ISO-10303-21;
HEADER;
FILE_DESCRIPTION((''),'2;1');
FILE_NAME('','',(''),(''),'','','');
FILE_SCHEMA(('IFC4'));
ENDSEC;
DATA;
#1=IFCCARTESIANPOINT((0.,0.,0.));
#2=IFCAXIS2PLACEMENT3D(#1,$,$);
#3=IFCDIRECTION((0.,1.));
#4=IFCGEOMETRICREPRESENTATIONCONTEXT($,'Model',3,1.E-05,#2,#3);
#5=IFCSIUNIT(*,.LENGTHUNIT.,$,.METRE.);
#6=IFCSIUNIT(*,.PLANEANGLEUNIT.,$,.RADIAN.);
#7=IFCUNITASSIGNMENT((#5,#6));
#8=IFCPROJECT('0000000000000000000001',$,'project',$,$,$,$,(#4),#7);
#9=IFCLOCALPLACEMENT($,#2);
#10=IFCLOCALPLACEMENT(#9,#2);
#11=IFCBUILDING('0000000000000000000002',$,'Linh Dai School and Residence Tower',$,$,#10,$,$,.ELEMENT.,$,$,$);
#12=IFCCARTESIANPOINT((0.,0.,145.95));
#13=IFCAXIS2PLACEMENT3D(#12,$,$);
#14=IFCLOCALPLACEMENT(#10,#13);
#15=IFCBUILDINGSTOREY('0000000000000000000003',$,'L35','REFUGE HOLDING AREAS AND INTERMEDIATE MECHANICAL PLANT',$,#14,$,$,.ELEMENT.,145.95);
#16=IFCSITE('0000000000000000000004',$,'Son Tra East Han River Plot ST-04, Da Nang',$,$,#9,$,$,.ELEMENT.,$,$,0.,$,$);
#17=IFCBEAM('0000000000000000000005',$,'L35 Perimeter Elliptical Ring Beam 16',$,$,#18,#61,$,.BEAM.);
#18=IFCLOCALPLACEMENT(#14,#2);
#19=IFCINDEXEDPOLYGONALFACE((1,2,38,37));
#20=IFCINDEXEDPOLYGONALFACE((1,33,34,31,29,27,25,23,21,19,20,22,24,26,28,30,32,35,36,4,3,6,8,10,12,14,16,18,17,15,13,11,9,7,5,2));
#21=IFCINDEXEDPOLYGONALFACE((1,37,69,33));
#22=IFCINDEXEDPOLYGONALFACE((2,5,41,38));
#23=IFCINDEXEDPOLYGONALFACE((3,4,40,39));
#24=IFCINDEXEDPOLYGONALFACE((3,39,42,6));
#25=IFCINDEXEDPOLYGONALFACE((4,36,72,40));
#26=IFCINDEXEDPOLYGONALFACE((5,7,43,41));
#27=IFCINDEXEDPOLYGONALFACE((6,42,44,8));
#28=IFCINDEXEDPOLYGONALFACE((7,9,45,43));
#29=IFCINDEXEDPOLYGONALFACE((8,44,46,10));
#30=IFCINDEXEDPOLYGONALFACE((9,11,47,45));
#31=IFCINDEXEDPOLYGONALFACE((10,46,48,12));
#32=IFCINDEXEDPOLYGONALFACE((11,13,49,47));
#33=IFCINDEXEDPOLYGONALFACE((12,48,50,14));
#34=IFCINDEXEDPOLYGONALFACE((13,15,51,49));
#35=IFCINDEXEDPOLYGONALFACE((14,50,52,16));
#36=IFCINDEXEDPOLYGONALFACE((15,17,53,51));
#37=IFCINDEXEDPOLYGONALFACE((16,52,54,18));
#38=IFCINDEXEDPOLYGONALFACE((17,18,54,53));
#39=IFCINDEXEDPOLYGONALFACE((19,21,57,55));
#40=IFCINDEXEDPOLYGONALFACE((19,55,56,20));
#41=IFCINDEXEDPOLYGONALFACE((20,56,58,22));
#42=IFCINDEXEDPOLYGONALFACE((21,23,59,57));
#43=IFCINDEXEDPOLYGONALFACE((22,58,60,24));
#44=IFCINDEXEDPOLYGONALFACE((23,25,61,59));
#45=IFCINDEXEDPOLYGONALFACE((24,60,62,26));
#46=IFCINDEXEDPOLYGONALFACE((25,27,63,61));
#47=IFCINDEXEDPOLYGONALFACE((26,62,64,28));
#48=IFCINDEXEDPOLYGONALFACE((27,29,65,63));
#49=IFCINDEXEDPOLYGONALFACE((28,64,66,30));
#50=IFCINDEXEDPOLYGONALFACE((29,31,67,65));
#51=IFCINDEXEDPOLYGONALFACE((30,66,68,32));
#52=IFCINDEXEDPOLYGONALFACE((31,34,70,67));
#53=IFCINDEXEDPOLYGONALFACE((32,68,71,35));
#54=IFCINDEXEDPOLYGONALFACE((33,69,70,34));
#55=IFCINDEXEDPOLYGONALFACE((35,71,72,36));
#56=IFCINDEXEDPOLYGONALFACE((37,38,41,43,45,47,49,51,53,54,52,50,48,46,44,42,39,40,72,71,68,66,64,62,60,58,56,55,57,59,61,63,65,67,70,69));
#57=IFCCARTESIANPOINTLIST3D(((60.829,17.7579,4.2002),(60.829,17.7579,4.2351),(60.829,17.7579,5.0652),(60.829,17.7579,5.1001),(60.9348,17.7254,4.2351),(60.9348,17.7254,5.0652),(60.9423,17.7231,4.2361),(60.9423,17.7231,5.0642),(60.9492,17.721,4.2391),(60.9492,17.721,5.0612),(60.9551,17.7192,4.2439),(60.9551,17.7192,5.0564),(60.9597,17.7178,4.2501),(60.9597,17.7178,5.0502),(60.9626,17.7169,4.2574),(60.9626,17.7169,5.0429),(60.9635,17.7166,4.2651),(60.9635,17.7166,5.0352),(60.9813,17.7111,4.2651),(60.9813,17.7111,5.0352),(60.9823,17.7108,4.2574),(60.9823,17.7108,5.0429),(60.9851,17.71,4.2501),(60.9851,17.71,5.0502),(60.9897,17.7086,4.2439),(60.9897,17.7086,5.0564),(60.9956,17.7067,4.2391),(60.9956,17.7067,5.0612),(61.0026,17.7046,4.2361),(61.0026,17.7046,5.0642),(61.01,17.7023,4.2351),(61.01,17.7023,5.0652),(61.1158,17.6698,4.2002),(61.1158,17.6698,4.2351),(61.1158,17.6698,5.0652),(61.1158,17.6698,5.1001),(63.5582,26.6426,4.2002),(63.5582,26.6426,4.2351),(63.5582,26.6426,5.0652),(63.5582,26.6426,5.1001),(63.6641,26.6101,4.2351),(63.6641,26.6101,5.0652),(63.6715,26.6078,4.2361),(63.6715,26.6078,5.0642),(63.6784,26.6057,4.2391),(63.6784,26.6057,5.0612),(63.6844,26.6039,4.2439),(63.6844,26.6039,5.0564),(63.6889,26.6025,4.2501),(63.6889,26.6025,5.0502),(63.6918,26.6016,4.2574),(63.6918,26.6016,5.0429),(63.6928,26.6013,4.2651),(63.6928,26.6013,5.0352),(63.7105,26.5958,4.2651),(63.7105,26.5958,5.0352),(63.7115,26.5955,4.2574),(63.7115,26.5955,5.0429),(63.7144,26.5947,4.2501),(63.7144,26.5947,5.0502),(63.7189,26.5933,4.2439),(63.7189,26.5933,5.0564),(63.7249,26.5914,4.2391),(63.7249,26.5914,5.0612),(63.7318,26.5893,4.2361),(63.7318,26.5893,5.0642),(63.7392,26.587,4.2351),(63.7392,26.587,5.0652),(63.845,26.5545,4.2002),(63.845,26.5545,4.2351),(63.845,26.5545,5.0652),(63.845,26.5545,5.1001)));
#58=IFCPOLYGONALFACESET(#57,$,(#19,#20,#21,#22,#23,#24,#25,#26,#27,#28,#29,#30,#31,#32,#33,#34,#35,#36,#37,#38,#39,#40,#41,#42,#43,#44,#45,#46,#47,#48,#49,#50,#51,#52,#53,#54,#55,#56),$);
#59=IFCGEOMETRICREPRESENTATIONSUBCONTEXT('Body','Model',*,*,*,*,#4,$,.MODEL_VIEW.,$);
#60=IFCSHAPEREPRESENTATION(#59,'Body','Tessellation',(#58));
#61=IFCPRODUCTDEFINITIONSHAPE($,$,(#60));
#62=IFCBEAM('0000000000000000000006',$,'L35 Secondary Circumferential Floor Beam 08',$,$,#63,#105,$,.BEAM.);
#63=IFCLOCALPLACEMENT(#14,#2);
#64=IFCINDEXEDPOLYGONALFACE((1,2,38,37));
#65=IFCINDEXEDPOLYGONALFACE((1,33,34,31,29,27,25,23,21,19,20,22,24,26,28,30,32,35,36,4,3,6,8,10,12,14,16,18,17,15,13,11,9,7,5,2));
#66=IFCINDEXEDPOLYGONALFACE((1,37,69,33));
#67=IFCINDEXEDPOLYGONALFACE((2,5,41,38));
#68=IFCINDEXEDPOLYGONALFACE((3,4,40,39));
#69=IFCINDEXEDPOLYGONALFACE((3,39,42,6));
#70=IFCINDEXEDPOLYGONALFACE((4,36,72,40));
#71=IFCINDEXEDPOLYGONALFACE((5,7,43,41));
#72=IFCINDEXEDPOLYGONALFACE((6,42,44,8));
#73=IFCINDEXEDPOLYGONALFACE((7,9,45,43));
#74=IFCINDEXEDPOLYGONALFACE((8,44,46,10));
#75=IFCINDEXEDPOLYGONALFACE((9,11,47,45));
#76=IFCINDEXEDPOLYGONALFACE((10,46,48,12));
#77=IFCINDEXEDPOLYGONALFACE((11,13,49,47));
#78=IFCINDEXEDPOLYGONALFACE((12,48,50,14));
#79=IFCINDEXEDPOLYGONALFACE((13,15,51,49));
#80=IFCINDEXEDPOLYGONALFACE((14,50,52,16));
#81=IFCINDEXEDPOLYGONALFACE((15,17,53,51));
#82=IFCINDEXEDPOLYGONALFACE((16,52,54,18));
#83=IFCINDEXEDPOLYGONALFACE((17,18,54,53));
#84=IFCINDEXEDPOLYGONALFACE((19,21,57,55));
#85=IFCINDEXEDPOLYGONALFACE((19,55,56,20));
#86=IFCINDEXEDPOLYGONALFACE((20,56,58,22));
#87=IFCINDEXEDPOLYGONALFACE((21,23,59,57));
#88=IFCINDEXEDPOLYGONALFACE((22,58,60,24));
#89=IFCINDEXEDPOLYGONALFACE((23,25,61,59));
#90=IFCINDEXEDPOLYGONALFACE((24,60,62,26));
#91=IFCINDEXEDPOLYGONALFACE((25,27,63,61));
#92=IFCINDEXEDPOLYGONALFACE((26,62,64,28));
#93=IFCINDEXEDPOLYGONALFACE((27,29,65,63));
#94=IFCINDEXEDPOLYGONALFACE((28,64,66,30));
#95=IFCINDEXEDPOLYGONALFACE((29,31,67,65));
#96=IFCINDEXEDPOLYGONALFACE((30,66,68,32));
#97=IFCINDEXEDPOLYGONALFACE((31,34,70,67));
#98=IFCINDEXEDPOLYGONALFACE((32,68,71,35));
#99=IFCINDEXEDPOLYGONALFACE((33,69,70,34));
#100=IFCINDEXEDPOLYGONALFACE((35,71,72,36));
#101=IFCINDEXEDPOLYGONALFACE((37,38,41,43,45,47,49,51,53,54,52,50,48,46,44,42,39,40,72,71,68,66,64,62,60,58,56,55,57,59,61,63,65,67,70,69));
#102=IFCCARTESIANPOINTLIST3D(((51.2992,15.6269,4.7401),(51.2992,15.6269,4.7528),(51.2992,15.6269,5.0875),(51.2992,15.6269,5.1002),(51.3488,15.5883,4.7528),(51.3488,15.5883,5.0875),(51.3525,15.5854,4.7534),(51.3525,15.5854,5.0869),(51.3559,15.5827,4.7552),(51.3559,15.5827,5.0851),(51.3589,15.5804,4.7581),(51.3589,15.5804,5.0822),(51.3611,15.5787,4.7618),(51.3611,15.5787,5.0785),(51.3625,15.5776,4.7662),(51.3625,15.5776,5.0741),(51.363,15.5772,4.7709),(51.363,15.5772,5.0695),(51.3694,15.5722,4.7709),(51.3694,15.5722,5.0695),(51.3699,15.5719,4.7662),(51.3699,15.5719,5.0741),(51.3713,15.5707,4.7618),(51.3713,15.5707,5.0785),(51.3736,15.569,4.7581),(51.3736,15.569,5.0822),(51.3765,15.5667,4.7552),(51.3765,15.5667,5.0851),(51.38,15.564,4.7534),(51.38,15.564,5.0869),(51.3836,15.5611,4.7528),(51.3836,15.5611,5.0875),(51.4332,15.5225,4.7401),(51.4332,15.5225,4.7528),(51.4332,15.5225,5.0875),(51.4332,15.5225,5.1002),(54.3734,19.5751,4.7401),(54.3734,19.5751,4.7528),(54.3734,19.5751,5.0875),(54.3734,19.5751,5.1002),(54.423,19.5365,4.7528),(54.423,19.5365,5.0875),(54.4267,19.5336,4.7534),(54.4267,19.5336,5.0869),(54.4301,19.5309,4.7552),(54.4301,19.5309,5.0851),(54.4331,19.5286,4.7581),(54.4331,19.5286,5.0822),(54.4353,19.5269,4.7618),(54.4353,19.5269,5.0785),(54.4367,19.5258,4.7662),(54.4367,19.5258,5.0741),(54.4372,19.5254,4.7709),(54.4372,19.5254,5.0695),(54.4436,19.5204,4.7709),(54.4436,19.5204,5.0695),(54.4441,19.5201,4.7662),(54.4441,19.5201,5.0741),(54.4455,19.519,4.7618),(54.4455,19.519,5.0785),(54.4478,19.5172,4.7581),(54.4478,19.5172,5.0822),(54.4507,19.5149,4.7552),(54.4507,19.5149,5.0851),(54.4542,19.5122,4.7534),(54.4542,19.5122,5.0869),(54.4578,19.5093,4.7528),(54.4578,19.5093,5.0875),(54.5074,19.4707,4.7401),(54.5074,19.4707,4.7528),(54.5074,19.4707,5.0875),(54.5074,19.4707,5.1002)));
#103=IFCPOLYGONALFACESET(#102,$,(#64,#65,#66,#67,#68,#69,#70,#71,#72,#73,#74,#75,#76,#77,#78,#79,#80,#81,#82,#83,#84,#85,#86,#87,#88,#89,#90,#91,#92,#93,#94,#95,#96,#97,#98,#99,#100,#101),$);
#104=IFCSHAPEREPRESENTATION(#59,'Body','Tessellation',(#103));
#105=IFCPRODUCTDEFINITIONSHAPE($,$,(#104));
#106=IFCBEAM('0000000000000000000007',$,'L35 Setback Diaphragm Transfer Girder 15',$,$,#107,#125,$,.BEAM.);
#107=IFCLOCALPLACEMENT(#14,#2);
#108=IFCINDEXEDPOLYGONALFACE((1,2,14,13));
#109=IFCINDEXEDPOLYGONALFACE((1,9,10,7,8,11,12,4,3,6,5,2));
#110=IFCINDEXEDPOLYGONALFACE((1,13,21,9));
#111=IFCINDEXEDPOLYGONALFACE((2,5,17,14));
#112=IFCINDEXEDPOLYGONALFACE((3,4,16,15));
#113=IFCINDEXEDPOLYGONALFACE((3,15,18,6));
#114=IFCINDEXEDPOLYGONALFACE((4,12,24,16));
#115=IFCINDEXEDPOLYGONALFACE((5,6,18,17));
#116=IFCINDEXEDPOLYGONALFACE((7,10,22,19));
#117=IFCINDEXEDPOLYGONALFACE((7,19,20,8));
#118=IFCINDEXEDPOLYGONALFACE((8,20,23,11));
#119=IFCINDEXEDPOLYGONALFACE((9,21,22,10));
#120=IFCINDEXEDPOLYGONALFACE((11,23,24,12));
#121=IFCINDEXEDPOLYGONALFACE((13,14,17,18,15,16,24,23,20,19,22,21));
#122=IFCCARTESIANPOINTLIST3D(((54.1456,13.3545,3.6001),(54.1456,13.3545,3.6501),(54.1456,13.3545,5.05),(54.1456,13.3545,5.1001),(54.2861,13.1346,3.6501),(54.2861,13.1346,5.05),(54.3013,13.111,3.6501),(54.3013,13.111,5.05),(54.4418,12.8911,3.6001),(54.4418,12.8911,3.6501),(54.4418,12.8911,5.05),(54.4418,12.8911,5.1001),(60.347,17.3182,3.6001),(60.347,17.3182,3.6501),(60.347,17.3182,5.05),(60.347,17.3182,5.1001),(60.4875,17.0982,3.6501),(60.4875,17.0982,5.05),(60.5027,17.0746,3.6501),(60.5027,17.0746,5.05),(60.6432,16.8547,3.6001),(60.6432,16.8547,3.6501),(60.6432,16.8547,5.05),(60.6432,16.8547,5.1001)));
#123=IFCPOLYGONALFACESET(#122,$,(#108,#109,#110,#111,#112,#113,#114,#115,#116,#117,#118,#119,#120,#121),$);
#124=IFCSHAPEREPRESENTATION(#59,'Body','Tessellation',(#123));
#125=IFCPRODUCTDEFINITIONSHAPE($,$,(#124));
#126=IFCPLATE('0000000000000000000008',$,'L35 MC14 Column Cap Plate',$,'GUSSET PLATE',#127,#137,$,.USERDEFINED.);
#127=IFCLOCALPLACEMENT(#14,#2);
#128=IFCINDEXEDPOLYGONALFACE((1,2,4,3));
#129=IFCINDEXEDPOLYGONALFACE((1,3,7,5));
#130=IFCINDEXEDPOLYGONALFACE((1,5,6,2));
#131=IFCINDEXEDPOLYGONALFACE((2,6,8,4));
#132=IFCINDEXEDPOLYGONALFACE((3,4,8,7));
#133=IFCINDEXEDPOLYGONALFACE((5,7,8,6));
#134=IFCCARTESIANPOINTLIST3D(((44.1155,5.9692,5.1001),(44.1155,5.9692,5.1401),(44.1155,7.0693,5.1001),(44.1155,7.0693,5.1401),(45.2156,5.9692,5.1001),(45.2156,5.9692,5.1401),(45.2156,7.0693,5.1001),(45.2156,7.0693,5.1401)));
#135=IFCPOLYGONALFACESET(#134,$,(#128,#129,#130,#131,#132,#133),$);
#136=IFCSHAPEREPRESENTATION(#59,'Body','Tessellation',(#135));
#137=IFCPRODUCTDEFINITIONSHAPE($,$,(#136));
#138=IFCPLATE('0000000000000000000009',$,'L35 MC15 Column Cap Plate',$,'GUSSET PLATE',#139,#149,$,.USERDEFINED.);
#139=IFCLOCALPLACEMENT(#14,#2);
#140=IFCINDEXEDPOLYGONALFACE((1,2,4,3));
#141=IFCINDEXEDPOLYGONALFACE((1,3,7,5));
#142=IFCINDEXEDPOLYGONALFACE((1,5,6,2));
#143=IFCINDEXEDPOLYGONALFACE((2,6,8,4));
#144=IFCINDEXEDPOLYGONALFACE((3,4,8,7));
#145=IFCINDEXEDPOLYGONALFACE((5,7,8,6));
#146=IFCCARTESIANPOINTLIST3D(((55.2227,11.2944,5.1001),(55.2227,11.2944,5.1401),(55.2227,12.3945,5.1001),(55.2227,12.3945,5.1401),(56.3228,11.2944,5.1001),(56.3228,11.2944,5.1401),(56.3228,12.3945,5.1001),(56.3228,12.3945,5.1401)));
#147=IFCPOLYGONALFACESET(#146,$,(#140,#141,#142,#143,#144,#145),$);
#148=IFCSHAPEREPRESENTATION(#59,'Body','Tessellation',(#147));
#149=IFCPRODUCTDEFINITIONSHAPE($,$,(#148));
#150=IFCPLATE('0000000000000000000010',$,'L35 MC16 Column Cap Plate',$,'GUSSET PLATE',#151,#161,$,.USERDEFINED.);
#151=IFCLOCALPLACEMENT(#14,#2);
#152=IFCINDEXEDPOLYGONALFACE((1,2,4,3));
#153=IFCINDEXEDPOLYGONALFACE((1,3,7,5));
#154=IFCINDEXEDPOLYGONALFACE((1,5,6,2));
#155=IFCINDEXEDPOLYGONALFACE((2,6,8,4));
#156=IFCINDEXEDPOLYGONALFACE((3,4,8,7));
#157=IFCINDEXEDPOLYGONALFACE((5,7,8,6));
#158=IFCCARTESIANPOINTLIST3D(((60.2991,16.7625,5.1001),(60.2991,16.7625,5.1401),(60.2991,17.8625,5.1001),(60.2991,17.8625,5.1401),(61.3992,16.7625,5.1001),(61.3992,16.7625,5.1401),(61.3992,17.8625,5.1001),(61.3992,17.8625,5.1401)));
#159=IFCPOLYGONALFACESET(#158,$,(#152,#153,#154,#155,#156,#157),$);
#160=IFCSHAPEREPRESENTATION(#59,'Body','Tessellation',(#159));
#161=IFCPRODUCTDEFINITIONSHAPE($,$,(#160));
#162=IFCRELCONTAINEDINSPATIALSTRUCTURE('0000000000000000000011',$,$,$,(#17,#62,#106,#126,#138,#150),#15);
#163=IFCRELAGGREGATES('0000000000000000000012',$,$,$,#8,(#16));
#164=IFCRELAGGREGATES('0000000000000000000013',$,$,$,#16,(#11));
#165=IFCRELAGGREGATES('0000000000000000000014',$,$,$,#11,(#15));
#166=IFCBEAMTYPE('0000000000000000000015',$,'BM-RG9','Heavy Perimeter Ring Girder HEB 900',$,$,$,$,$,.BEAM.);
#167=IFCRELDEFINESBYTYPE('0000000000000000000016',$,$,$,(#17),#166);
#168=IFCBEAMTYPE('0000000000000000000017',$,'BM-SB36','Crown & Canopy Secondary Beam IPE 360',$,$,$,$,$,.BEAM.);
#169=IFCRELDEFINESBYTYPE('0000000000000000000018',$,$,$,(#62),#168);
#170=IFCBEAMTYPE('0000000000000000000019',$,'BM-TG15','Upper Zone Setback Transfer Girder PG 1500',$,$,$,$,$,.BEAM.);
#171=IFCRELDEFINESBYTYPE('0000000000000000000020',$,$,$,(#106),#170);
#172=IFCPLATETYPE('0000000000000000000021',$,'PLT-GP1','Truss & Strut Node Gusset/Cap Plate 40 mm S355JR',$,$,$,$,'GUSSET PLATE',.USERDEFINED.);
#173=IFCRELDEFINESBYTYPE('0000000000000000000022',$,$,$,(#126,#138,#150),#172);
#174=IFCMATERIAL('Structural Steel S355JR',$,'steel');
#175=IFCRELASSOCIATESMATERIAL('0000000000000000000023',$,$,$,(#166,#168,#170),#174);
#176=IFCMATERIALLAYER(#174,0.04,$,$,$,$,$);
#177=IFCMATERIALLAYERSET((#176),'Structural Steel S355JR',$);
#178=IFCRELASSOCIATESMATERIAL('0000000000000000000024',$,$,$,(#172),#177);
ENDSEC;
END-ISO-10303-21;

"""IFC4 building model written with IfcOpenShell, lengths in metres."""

from ifc_helpers import new_model, si_unit, direction, frame, origin, origin_2d, place, context, subcontext, project, spatial, rectangle, i_section, extrude, source, transform, mapped, material, layer, layer_set, material_profile, profile_set, type_object, element, save


model = new_model("IFC4")

# Units and contexts
model_context = context("Model", 3, precision=1e-05, world=origin(), true_north=direction((0.0, 1.0)))
body_context = subcontext(model_context, "Body", "Model", "MODEL_VIEW")
ifc_project = project(units=[si_unit("LENGTHUNIT", "METRE"), si_unit("PLANEANGLEUNIT", "RADIAN")], contexts=[model_context])

# Site, building, storey
site_placement = place(None, origin())
site = spatial("IfcSite", under=ifc_project, at=site_placement, Name="Son Tra East Han River Plot ST-04, Da Nang", CompositionType="ELEMENT", RefElevation=0.0)
building_placement = place(site_placement, origin())
building = spatial("IfcBuilding", under=site, at=building_placement, Name="Linh Dai School and Residence Tower", CompositionType="ELEMENT")
storey_placement = place(building_placement, frame((0.0, 0.0, 145.95)))
storey = spatial("IfcBuildingStorey", under=building, at=storey_placement, Name="L35", Description="REFUGE HOLDING AREAS AND INTERMEDIATE MECHANICAL PLANT", CompositionType="ELEMENT", Elevation=145.95)

# Shared definitions
ifc_material_1 = material(Name="Structural Steel S355JR", Category="steel")

# Beams
ifc_material_profile_1 = material_profile(ifc_material_1, i_section(OverallWidth=0.3, OverallDepth=0.8999, WebThickness=0.0186, FlangeThickness=0.0349, FilletRadius=0.03, at=origin_2d()), Name="HEB 900")
ifc_profile_set_1 = profile_set([ifc_material_profile_1], Name="Structural Steel S355JR")
beam_type_1 = type_object("IfcBeamType", Name="BM-RG9", Description="Heavy Perimeter Ring Girder HEB 900", PredefinedType="BEAM", material=ifc_profile_set_1)
beam_1_placement = place(storey_placement, frame((60.9724, 17.7139, 4.6501), z_axis=(0.293641, 0.955916, 0.0), x_axis=(-0.955916, 0.293641, 0.0)))
element("IfcBeam", 1, at=beam_1_placement, inside=storey, type_object=beam_type_1, Name="L35 Perimeter Elliptical Ring Beam 16", PredefinedType="BEAM", context=body_context, shape_type="SweptSolid", body=[
    extrude(i_section(OverallWidth=0.3, OverallDepth=0.8999, WebThickness=0.0186, FlangeThickness=0.0349, FilletRadius=0.03, at=origin_2d()), origin(), (0.0, 0.0, 1.0), 9.2944),
])
ifc_material_profile_2 = material_profile(ifc_material_1, i_section(OverallWidth=0.1699, OverallDepth=0.3601, WebThickness=0.0081, FlangeThickness=0.0127, FilletRadius=0.0181, at=origin_2d()), Name="IPE 360")
ifc_profile_set_2 = profile_set([ifc_material_profile_2], Name="Structural Steel S355JR")
beam_type_2 = type_object("IfcBeamType", Name="BM-SB36", Description="Crown & Canopy Secondary Beam IPE 360", PredefinedType="BEAM", material=ifc_profile_set_2)
beam_2_placement = place(storey_placement, frame((51.3662, 15.5747, 4.9202), z_axis=(0.614359, 0.789026, 0.0), x_axis=(-0.789026, 0.614359, 0.0)))
element("IfcBeam", 2, at=beam_2_placement, inside=storey, type_object=beam_type_2, Name="L35 Secondary Circumferential Floor Beam 08", PredefinedType="BEAM", context=body_context, shape_type="SweptSolid", body=[
    extrude(i_section(OverallWidth=0.1699, OverallDepth=0.3601, WebThickness=0.0081, FlangeThickness=0.0127, FilletRadius=0.0181, at=origin_2d()), origin(), (0.0, 0.0, 1.0), 5.0039),
])
ifc_material_profile_3 = material_profile(ifc_material_1, i_section(OverallWidth=0.55, OverallDepth=1.5, WebThickness=0.0281, FlangeThickness=0.05, at=origin_2d()), Name="PG 1500x550x28x50")
ifc_profile_set_3 = profile_set([ifc_material_profile_3], Name="Structural Steel S355JR")
beam_type_3 = type_object("IfcBeamType", Name="BM-TG15", Description="Upper Zone Setback Transfer Girder PG 1500", PredefinedType="BEAM", material=ifc_profile_set_3)
beam_3_placement = place(storey_placement, frame((54.2937, 13.1228, 4.3501), z_axis=(0.842597, 0.538544, 0.0), x_axis=(-0.538544, 0.842597, 0.0)))
element("IfcBeam", 3, at=beam_3_placement, inside=storey, type_object=beam_type_3, Name="L35 Setback Diaphragm Transfer Girder 15", PredefinedType="BEAM", context=body_context, shape_type="SweptSolid", body=[
    extrude(i_section(OverallWidth=0.55, OverallDepth=1.5, WebThickness=0.0281, FlangeThickness=0.05, at=origin_2d()), origin(), (0.0, 0.0, 1.0), 7.3599),
])

# Plates
ifc_layer_1 = layer(ifc_material_1, 0.04)
ifc_layer_set_1 = layer_set([ifc_layer_1], Name="Structural Steel S355JR")
plate_type = type_object("IfcPlateType", Name="PLT-GP1", Description="Truss & Strut Node Gusset/Cap Plate 40 mm S355JR", ElementType="GUSSET PLATE", PredefinedType="USERDEFINED", material=ifc_layer_set_1)
shared_shape_1 = source(origin(), body_context, "Body", "SweptSolid", [
    extrude(rectangle(XDim=1.1001, YDim=1.1001, at=origin_2d()), origin(), (0.0, 0.0, 1.0), 0.04),
])
for number, where, z_axis, x_axis, name in (
    (4, (44.6655, 6.5193, 5.1001), (0.0, 0.0, 1.0), (1.0, 0.0, 0.0), "L35 MC14 Column Cap Plate"),
    (5, (55.7727, 11.8445, 5.1001), (0.0, 0.0, 1.0), (1.0, 0.0, 0.0), "L35 MC15 Column Cap Plate"),
    (6, (60.8491, 17.3125, 5.1001), (0.0, 0.0, 1.0), (1.0, 0.0, 0.0), "L35 MC16 Column Cap Plate"),
):
    element("IfcPlate", number, at=place(storey_placement, frame(where, z_axis=z_axis, x_axis=x_axis)), inside=storey, type_object=plate_type, Name=name, ObjectType="GUSSET PLATE", PredefinedType="USERDEFINED", context=body_context, shape_type="MappedRepresentation", body=[
        mapped(shared_shape_1, transform((0.0, 0.0, 0.0), x_axis=(1.0, 0.0, 0.0), y_axis=(0.0, 1.0, 0.0), z_axis=(0.0, 0.0, 1.0), scale=1.0)),
    ])

save(model, "model.ifc")
